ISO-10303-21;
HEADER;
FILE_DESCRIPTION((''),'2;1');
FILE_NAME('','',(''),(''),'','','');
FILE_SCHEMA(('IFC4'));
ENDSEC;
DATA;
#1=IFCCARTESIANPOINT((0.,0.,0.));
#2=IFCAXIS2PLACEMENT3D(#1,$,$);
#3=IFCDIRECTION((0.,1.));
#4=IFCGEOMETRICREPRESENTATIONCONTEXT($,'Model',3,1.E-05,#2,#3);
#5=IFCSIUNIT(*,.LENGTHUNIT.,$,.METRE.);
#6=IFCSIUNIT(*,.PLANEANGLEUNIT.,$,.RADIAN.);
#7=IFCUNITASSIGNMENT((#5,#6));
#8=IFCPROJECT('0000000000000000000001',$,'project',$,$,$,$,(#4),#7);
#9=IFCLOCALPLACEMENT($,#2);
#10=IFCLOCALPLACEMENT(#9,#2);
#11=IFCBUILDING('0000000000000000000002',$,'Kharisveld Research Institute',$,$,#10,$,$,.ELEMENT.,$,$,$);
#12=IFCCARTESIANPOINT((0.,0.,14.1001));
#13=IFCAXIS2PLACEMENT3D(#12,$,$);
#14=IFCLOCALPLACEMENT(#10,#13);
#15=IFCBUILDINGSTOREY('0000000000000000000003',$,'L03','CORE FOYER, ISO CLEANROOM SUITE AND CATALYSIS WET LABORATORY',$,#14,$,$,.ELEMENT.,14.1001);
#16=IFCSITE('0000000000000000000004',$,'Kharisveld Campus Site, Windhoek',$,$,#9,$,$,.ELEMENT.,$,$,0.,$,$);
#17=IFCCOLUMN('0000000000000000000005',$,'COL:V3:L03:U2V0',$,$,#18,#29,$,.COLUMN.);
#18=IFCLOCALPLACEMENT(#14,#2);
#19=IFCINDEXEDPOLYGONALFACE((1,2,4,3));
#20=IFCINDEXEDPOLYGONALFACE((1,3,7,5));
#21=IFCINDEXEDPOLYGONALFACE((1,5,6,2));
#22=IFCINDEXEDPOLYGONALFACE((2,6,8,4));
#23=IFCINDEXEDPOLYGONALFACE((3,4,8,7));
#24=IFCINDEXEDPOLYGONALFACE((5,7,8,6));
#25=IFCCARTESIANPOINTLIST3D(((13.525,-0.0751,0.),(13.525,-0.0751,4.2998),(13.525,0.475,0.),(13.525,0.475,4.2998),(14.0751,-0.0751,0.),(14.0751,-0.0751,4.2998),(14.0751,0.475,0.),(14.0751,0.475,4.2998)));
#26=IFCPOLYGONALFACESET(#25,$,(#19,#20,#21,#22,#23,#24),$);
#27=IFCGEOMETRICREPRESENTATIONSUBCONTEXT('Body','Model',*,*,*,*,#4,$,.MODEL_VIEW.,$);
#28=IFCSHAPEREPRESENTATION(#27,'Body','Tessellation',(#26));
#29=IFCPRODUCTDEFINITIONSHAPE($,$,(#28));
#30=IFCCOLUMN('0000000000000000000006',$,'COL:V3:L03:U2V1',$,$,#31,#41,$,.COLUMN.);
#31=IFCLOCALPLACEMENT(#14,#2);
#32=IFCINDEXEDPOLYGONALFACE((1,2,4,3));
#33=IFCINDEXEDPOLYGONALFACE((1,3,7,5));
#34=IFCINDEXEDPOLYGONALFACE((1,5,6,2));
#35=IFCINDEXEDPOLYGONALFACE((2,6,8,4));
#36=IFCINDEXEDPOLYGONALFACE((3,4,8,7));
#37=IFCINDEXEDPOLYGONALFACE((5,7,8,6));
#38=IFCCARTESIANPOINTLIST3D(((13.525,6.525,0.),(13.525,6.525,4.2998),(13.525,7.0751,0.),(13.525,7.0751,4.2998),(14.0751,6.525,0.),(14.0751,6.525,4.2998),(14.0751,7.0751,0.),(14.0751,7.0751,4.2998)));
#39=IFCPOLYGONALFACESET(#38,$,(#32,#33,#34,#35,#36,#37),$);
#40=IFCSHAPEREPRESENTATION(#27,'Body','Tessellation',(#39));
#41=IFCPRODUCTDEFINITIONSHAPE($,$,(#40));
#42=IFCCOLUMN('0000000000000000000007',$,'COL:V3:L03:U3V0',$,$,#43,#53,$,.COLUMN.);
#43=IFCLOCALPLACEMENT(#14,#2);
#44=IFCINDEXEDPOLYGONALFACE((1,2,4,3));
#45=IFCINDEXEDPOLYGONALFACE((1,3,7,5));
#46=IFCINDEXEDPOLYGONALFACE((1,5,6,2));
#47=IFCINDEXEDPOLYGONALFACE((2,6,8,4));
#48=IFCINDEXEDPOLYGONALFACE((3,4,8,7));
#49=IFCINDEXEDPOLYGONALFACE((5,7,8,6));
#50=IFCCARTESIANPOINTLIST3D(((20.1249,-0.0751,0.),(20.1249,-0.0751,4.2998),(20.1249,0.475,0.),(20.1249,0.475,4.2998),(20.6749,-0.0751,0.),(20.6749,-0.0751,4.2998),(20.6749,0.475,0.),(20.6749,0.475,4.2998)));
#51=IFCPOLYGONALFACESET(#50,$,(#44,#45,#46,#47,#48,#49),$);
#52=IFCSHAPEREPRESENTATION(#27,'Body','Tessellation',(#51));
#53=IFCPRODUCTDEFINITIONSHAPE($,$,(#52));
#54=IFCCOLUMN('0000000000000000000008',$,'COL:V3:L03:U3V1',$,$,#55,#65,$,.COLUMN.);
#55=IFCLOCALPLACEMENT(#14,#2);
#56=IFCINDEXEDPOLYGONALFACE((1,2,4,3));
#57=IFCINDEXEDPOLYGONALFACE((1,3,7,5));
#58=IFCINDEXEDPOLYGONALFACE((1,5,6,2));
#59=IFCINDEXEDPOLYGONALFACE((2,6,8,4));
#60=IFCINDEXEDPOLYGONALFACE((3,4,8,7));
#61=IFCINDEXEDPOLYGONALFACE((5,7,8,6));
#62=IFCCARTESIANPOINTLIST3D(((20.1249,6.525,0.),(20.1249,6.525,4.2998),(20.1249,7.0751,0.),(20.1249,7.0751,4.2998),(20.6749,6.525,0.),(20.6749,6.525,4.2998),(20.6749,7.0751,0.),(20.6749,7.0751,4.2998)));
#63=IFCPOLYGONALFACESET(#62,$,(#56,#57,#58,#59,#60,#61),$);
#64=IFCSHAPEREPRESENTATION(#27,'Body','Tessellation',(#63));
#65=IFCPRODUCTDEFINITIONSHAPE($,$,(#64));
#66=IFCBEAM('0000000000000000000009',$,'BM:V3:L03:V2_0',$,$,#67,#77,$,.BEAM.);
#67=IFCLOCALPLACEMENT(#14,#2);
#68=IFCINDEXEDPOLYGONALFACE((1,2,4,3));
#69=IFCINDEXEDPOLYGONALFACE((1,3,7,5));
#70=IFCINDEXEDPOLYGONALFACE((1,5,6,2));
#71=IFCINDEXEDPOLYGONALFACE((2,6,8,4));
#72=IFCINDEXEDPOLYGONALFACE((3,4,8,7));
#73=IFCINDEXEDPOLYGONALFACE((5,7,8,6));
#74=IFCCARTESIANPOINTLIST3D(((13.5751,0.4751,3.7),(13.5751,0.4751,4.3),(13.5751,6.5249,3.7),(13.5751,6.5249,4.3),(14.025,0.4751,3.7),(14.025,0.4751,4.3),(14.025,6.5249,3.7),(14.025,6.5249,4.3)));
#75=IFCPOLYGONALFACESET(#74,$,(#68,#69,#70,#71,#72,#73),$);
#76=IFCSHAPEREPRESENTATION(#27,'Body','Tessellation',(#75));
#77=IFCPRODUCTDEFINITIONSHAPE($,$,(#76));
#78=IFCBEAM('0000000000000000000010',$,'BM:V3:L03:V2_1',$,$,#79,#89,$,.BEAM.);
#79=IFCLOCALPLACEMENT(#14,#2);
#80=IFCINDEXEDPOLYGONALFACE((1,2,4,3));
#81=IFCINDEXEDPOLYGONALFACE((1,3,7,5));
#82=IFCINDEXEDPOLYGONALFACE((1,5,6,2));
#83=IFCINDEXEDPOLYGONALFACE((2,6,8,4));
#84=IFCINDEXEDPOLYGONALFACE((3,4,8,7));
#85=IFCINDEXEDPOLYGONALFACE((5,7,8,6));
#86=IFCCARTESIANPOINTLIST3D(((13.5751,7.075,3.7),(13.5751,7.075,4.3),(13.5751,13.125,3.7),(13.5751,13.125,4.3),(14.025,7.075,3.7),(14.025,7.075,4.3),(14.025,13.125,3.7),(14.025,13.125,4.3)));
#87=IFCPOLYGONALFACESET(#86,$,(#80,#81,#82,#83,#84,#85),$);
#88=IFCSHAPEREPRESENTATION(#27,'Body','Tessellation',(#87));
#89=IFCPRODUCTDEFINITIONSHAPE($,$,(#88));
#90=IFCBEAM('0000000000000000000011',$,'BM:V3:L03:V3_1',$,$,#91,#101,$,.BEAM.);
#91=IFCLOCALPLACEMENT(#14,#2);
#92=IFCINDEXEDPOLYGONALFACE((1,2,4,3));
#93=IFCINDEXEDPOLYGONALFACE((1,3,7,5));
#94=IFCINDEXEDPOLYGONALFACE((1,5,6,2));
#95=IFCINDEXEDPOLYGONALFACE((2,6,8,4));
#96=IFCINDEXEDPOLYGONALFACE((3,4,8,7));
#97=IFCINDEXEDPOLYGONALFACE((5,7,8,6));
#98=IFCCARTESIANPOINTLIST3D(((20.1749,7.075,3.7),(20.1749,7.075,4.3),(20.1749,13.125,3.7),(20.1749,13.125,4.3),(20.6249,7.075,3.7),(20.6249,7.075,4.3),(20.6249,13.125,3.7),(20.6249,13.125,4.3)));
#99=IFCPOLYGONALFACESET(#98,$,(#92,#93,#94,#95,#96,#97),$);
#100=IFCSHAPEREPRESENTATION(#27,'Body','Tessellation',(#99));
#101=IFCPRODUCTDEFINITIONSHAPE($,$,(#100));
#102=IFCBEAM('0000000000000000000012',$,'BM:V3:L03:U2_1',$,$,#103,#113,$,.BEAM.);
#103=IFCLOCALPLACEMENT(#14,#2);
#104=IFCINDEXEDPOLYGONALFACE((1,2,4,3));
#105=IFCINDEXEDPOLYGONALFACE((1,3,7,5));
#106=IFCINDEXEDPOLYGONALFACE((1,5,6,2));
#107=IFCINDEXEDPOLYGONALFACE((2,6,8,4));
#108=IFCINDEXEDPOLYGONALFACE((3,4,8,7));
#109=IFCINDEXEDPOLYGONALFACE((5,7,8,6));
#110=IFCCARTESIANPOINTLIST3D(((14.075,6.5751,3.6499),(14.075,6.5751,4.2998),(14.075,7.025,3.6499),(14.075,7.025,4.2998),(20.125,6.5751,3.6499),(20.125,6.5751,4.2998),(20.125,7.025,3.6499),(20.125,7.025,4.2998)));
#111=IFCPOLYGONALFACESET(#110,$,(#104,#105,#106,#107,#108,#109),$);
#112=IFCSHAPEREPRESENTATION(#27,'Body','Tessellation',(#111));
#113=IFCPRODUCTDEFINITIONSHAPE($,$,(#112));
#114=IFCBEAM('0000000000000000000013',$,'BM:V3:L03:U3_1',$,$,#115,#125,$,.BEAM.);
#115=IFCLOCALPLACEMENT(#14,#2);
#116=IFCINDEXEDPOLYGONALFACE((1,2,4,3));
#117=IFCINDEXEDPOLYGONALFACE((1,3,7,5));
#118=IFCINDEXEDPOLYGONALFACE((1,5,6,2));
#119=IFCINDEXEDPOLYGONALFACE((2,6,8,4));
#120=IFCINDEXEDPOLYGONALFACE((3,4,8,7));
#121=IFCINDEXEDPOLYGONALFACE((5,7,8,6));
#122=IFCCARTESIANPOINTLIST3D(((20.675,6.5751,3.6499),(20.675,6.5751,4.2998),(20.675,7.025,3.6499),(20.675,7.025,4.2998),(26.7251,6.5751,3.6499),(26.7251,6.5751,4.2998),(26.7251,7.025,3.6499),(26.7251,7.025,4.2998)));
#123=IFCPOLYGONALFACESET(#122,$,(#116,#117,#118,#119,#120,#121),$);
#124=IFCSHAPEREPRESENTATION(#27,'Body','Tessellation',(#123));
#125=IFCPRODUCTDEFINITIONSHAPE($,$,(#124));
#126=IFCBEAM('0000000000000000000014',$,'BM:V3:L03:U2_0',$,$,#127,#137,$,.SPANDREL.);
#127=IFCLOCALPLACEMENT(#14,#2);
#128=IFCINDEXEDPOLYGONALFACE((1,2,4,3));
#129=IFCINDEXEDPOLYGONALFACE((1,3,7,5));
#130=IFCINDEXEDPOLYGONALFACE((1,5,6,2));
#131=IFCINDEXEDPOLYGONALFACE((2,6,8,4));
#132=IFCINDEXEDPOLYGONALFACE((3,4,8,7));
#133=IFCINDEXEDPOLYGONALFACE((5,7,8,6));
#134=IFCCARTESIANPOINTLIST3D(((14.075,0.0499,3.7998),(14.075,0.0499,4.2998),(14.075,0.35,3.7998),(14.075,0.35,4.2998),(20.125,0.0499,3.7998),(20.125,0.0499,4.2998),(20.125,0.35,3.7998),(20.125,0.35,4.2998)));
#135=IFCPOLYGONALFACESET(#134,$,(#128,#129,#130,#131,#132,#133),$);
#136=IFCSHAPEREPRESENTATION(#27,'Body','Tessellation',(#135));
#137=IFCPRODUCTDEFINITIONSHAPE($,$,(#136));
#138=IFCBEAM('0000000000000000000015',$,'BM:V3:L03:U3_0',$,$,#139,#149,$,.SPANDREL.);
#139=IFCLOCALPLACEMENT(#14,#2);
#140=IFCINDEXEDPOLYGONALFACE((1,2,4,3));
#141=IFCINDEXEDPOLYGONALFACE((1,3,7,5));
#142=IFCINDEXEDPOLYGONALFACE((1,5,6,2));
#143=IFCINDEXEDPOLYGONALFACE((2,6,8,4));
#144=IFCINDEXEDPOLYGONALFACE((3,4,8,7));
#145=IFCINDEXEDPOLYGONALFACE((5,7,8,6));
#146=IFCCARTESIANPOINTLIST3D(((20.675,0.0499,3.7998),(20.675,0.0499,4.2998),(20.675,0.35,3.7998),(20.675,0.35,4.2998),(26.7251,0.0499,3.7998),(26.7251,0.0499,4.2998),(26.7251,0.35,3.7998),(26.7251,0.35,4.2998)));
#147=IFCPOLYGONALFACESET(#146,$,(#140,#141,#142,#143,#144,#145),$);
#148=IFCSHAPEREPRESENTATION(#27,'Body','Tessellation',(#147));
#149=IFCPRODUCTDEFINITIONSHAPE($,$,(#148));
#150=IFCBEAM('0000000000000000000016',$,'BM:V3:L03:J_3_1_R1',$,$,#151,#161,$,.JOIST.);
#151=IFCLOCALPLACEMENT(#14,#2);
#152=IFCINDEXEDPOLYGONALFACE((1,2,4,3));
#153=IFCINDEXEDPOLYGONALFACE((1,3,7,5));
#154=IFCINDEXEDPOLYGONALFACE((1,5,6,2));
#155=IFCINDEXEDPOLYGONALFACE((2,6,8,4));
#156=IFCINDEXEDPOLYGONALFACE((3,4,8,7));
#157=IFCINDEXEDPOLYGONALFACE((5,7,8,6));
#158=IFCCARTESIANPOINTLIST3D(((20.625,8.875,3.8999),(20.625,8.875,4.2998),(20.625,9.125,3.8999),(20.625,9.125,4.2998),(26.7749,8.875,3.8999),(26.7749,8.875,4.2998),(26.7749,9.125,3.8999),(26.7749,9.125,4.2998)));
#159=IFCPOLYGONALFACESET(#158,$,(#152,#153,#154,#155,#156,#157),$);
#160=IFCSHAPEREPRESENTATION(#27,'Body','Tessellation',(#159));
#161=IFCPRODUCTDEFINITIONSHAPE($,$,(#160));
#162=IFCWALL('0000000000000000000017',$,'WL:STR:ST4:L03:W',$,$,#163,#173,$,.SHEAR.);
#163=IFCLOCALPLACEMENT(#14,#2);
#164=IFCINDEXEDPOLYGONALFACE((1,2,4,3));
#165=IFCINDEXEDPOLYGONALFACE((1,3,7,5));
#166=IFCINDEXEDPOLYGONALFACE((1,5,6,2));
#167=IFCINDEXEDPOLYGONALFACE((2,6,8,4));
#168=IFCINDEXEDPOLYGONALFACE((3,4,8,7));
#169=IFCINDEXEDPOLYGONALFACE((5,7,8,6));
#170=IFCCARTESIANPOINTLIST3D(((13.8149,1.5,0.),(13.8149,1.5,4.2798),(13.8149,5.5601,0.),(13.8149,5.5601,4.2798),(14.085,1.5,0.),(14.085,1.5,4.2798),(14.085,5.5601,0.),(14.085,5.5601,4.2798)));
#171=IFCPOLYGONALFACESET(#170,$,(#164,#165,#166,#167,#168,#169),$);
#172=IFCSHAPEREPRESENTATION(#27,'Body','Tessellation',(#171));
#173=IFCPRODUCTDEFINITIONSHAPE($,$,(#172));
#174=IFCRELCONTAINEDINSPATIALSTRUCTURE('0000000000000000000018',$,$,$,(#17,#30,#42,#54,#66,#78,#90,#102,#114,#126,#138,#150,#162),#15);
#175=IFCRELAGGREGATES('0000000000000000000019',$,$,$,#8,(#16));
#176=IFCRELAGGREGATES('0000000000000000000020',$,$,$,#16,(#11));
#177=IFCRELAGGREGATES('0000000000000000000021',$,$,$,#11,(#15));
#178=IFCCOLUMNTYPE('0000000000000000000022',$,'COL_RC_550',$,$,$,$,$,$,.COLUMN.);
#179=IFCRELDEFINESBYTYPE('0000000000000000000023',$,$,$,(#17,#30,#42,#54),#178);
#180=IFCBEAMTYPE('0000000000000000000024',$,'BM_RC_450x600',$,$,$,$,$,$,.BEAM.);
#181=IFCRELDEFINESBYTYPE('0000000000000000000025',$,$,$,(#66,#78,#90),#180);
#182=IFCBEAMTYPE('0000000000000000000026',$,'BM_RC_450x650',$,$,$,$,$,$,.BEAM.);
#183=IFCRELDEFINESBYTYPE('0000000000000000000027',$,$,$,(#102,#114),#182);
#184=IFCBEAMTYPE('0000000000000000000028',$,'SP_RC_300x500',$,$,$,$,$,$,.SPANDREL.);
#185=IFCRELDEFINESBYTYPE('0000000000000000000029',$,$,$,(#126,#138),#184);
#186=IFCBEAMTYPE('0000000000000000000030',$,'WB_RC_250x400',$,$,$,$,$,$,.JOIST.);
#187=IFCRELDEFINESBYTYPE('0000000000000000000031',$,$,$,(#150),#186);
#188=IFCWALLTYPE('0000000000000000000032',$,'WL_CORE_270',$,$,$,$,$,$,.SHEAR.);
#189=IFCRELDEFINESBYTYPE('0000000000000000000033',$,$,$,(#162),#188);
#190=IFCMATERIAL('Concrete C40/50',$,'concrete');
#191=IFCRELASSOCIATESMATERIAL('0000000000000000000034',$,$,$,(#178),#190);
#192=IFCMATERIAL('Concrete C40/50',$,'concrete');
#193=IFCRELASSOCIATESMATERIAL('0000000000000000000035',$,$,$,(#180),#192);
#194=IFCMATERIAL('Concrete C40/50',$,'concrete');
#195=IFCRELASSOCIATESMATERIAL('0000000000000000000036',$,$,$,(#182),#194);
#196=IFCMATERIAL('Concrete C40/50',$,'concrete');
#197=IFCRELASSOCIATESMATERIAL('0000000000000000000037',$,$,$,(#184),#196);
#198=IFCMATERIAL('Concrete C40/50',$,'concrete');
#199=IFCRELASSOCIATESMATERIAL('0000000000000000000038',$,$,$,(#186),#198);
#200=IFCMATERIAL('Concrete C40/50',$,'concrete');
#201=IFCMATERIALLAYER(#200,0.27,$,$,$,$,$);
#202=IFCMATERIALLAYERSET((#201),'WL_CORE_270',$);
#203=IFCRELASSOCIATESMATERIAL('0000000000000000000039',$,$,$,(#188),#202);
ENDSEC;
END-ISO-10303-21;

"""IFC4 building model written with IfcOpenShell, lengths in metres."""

from ifc_helpers import new_model, si_unit, direction, frame, frame_2d, origin, origin_2d, place, context, subcontext, project, spatial, rectangle, extrude, material, layer, layer_set, material_profile, profile_set, type_object, element, save


model = new_model("IFC4")

# Units and contexts
model_context = context("Model", 3, precision=1e-05, world=origin(), true_north=direction((0.0, 1.0)))
body_context = subcontext(model_context, "Body", "Model", "MODEL_VIEW")
ifc_project = project(units=[si_unit("LENGTHUNIT", "METRE"), si_unit("PLANEANGLEUNIT", "RADIAN")], contexts=[model_context])

# Site, building, storey
site_placement = place(None, origin())
site = spatial("IfcSite", under=ifc_project, at=site_placement, Name="Kharisveld Campus Site, Windhoek", CompositionType="ELEMENT", RefElevation=0.0)
building_placement = place(site_placement, origin())
building = spatial("IfcBuilding", under=site, at=building_placement, Name="Kharisveld Research Institute", CompositionType="ELEMENT")
storey_placement = place(building_placement, frame((0.0, 0.0, 14.1001)))
storey = spatial("IfcBuildingStorey", under=building, at=storey_placement, Name="L03", Description="CORE FOYER, ISO CLEANROOM SUITE AND CATALYSIS WET LABORATORY", CompositionType="ELEMENT", Elevation=14.1001)

# Columns
ifc_material_1 = material(Name="Concrete C40/50", Category="concrete")
ifc_material_profile_1 = material_profile(ifc_material_1, rectangle(XDim=0.55, YDim=0.55, at=origin_2d()))
ifc_profile_set_1 = profile_set([ifc_material_profile_1], Name="Concrete C40/50")
column_type = type_object("IfcColumnType", Name="COL_RC_550", PredefinedType="COLUMN", material=ifc_profile_set_1)
for number, where, z_axis, x_axis, name in (
    (1, (13.8, 0.2, 0.0), (0.0, 0.0, 1.0), (1.0, 0.0, 0.0), "COL:V3:L03:U2V0"),
    (2, (13.8, 6.8, 0.0), (0.0, 0.0, 1.0), (1.0, 0.0, 0.0), "COL:V3:L03:U2V1"),
    (3, (20.3999, 0.2, 0.0), (0.0, 0.0, 1.0), (1.0, 0.0, 0.0), "COL:V3:L03:U3V0"),
    (4, (20.3999, 6.8, 0.0), (0.0, 0.0, 1.0), (1.0, 0.0, 0.0), "COL:V3:L03:U3V1"),
):
    element("IfcColumn", number, at=place(storey_placement, frame(where, z_axis=z_axis, x_axis=x_axis)), inside=storey, type_object=column_type, Name=name, PredefinedType="COLUMN", context=body_context, shape_type="SweptSolid", body=[
        extrude(rectangle(XDim=0.55, YDim=0.55, at=origin_2d()), origin(), (0.0, 0.0, 1.0), 4.2998),
    ])

# Beams
ifc_material_2 = material(Name="Concrete C40/50", Category="concrete")
ifc_material_profile_2 = material_profile(ifc_material_2, rectangle(XDim=0.45, YDim=0.6001, at=origin_2d()))
ifc_profile_set_2 = profile_set([ifc_material_profile_2], Name="Concrete C40/50")
beam_type_1 = type_object("IfcBeamType", Name="BM_RC_450x600", PredefinedType="BEAM", material=ifc_profile_set_2)
beam_1_placement = place(storey_placement, frame((13.8, 0.4751, 4.0), z_axis=(0.0, 1.0, 0.0), x_axis=(-1.0, 0.0, 0.0)))
element("IfcBeam", 5, at=beam_1_placement, inside=storey, type_object=beam_type_1, Name="BM:V3:L03:V2_0", PredefinedType="BEAM", context=body_context, shape_type="SweptSolid", body=[
    extrude(rectangle(XDim=0.45, YDim=0.6001, at=origin_2d()), origin(), (0.0, 0.0, 1.0), 6.0498),
])
for number, where, z_axis, x_axis, name in (
    (6, (13.8, 7.075, 4.0), (0.0, 1.0, 0.0), (-1.0, 0.0, 0.0), "BM:V3:L03:V2_1"),
    (7, (20.3999, 7.075, 4.0), (0.0, 1.0, 0.0), (-1.0, 0.0, 0.0), "BM:V3:L03:V3_1"),
):
    element("IfcBeam", number, at=place(storey_placement, frame(where, z_axis=z_axis, x_axis=x_axis)), inside=storey, type_object=beam_type_1, Name=name, PredefinedType="BEAM", context=body_context, shape_type="SweptSolid", body=[
        extrude(rectangle(XDim=0.45, YDim=0.6001, at=origin_2d()), origin(), (0.0, 0.0, 1.0), 6.05),
    ])
ifc_material_3 = material(Name="Concrete C40/50", Category="concrete")
ifc_material_profile_3 = material_profile(ifc_material_3, rectangle(XDim=0.45, YDim=0.6499, at=origin_2d()))
ifc_profile_set_3 = profile_set([ifc_material_profile_3], Name="Concrete C40/50")
beam_type_2 = type_object("IfcBeamType", Name="BM_RC_450x650", PredefinedType="BEAM", material=ifc_profile_set_3)
for number, where, z_axis, x_axis, name in (
    (8, (14.075, 6.8, 3.9749), (1.0, 0.0, 0.0), (0.0, 1.0, 0.0), "BM:V3:L03:U2_1"),
    (9, (20.675, 6.8, 3.9749), (1.0, 0.0, 0.0), (0.0, 1.0, 0.0), "BM:V3:L03:U3_1"),
):
    element("IfcBeam", number, at=place(storey_placement, frame(where, z_axis=z_axis, x_axis=x_axis)), inside=storey, type_object=beam_type_2, Name=name, PredefinedType="BEAM", context=body_context, shape_type="SweptSolid", body=[
        extrude(rectangle(XDim=0.45, YDim=0.6499, at=origin_2d()), origin(), (0.0, 0.0, 1.0), 6.05),
    ])
ifc_material_4 = material(Name="Concrete C40/50", Category="concrete")
ifc_material_profile_4 = material_profile(ifc_material_4, rectangle(XDim=0.3, YDim=0.5, at=origin_2d()))
ifc_profile_set_4 = profile_set([ifc_material_profile_4], Name="Concrete C40/50")
beam_type_3 = type_object("IfcBeamType", Name="SP_RC_300x500", PredefinedType="SPANDREL", material=ifc_profile_set_4)
for number, where, z_axis, x_axis, name in (
    (10, (14.075, 0.2, 4.0498), (1.0, 0.0, 0.0), (0.0, 1.0, 0.0), "BM:V3:L03:U2_0"),
    (11, (20.675, 0.2, 4.0498), (1.0, 0.0, 0.0), (0.0, 1.0, 0.0), "BM:V3:L03:U3_0"),
):
    element("IfcBeam", number, at=place(storey_placement, frame(where, z_axis=z_axis, x_axis=x_axis)), inside=storey, type_object=beam_type_3, Name=name, PredefinedType="SPANDREL", context=body_context, shape_type="SweptSolid", body=[
        extrude(rectangle(XDim=0.3, YDim=0.5, at=origin_2d()), origin(), (0.0, 0.0, 1.0), 6.05),
    ])
ifc_material_5 = material(Name="Concrete C40/50", Category="concrete")
ifc_material_profile_5 = material_profile(ifc_material_5, rectangle(XDim=0.25, YDim=0.3999, at=origin_2d()))
ifc_profile_set_5 = profile_set([ifc_material_profile_5], Name="Concrete C40/50")
beam_type_4 = type_object("IfcBeamType", Name="WB_RC_250x400", PredefinedType="JOIST", material=ifc_profile_set_5)
beam_2_placement = place(storey_placement, frame((20.625, 9.0, 4.0999), z_axis=(1.0, 0.0, 0.0), x_axis=(0.0, 1.0, 0.0)))
element("IfcBeam", 12, at=beam_2_placement, inside=storey, type_object=beam_type_4, Name="BM:V3:L03:J_3_1_R1", PredefinedType="JOIST", context=body_context, shape_type="SweptSolid", body=[
    extrude(rectangle(XDim=0.25, YDim=0.3999, at=origin_2d()), origin(), (0.0, 0.0, 1.0), 6.1499),
])

# Wall
ifc_material_6 = material(Name="Concrete C40/50", Category="concrete")
ifc_layer_1 = layer(ifc_material_6, 0.27)
ifc_layer_set_1 = layer_set([ifc_layer_1], Name="WL_CORE_270")
wall_type_1 = type_object("IfcWallType", Name="WL_CORE_270", PredefinedType="SHEAR", material=ifc_layer_set_1)
wall_1_placement = place(storey_placement, frame((13.95, 1.5, 0.0), z_axis=(0.0, 0.0, 1.0), x_axis=(0.0, 1.0, 0.0)))
element("IfcWall", 13, at=wall_1_placement, inside=storey, type_object=wall_type_1, Name="WL:STR:ST4:L03:W", PredefinedType="SHEAR", context=body_context, shape_type="SweptSolid", body=[
    extrude(rectangle(XDim=4.0601, YDim=0.27, at=frame_2d((2.03, 0.0))), origin(), (0.0, 0.0, 1.0), 4.2798),
])

save(model, "model.ifc")
